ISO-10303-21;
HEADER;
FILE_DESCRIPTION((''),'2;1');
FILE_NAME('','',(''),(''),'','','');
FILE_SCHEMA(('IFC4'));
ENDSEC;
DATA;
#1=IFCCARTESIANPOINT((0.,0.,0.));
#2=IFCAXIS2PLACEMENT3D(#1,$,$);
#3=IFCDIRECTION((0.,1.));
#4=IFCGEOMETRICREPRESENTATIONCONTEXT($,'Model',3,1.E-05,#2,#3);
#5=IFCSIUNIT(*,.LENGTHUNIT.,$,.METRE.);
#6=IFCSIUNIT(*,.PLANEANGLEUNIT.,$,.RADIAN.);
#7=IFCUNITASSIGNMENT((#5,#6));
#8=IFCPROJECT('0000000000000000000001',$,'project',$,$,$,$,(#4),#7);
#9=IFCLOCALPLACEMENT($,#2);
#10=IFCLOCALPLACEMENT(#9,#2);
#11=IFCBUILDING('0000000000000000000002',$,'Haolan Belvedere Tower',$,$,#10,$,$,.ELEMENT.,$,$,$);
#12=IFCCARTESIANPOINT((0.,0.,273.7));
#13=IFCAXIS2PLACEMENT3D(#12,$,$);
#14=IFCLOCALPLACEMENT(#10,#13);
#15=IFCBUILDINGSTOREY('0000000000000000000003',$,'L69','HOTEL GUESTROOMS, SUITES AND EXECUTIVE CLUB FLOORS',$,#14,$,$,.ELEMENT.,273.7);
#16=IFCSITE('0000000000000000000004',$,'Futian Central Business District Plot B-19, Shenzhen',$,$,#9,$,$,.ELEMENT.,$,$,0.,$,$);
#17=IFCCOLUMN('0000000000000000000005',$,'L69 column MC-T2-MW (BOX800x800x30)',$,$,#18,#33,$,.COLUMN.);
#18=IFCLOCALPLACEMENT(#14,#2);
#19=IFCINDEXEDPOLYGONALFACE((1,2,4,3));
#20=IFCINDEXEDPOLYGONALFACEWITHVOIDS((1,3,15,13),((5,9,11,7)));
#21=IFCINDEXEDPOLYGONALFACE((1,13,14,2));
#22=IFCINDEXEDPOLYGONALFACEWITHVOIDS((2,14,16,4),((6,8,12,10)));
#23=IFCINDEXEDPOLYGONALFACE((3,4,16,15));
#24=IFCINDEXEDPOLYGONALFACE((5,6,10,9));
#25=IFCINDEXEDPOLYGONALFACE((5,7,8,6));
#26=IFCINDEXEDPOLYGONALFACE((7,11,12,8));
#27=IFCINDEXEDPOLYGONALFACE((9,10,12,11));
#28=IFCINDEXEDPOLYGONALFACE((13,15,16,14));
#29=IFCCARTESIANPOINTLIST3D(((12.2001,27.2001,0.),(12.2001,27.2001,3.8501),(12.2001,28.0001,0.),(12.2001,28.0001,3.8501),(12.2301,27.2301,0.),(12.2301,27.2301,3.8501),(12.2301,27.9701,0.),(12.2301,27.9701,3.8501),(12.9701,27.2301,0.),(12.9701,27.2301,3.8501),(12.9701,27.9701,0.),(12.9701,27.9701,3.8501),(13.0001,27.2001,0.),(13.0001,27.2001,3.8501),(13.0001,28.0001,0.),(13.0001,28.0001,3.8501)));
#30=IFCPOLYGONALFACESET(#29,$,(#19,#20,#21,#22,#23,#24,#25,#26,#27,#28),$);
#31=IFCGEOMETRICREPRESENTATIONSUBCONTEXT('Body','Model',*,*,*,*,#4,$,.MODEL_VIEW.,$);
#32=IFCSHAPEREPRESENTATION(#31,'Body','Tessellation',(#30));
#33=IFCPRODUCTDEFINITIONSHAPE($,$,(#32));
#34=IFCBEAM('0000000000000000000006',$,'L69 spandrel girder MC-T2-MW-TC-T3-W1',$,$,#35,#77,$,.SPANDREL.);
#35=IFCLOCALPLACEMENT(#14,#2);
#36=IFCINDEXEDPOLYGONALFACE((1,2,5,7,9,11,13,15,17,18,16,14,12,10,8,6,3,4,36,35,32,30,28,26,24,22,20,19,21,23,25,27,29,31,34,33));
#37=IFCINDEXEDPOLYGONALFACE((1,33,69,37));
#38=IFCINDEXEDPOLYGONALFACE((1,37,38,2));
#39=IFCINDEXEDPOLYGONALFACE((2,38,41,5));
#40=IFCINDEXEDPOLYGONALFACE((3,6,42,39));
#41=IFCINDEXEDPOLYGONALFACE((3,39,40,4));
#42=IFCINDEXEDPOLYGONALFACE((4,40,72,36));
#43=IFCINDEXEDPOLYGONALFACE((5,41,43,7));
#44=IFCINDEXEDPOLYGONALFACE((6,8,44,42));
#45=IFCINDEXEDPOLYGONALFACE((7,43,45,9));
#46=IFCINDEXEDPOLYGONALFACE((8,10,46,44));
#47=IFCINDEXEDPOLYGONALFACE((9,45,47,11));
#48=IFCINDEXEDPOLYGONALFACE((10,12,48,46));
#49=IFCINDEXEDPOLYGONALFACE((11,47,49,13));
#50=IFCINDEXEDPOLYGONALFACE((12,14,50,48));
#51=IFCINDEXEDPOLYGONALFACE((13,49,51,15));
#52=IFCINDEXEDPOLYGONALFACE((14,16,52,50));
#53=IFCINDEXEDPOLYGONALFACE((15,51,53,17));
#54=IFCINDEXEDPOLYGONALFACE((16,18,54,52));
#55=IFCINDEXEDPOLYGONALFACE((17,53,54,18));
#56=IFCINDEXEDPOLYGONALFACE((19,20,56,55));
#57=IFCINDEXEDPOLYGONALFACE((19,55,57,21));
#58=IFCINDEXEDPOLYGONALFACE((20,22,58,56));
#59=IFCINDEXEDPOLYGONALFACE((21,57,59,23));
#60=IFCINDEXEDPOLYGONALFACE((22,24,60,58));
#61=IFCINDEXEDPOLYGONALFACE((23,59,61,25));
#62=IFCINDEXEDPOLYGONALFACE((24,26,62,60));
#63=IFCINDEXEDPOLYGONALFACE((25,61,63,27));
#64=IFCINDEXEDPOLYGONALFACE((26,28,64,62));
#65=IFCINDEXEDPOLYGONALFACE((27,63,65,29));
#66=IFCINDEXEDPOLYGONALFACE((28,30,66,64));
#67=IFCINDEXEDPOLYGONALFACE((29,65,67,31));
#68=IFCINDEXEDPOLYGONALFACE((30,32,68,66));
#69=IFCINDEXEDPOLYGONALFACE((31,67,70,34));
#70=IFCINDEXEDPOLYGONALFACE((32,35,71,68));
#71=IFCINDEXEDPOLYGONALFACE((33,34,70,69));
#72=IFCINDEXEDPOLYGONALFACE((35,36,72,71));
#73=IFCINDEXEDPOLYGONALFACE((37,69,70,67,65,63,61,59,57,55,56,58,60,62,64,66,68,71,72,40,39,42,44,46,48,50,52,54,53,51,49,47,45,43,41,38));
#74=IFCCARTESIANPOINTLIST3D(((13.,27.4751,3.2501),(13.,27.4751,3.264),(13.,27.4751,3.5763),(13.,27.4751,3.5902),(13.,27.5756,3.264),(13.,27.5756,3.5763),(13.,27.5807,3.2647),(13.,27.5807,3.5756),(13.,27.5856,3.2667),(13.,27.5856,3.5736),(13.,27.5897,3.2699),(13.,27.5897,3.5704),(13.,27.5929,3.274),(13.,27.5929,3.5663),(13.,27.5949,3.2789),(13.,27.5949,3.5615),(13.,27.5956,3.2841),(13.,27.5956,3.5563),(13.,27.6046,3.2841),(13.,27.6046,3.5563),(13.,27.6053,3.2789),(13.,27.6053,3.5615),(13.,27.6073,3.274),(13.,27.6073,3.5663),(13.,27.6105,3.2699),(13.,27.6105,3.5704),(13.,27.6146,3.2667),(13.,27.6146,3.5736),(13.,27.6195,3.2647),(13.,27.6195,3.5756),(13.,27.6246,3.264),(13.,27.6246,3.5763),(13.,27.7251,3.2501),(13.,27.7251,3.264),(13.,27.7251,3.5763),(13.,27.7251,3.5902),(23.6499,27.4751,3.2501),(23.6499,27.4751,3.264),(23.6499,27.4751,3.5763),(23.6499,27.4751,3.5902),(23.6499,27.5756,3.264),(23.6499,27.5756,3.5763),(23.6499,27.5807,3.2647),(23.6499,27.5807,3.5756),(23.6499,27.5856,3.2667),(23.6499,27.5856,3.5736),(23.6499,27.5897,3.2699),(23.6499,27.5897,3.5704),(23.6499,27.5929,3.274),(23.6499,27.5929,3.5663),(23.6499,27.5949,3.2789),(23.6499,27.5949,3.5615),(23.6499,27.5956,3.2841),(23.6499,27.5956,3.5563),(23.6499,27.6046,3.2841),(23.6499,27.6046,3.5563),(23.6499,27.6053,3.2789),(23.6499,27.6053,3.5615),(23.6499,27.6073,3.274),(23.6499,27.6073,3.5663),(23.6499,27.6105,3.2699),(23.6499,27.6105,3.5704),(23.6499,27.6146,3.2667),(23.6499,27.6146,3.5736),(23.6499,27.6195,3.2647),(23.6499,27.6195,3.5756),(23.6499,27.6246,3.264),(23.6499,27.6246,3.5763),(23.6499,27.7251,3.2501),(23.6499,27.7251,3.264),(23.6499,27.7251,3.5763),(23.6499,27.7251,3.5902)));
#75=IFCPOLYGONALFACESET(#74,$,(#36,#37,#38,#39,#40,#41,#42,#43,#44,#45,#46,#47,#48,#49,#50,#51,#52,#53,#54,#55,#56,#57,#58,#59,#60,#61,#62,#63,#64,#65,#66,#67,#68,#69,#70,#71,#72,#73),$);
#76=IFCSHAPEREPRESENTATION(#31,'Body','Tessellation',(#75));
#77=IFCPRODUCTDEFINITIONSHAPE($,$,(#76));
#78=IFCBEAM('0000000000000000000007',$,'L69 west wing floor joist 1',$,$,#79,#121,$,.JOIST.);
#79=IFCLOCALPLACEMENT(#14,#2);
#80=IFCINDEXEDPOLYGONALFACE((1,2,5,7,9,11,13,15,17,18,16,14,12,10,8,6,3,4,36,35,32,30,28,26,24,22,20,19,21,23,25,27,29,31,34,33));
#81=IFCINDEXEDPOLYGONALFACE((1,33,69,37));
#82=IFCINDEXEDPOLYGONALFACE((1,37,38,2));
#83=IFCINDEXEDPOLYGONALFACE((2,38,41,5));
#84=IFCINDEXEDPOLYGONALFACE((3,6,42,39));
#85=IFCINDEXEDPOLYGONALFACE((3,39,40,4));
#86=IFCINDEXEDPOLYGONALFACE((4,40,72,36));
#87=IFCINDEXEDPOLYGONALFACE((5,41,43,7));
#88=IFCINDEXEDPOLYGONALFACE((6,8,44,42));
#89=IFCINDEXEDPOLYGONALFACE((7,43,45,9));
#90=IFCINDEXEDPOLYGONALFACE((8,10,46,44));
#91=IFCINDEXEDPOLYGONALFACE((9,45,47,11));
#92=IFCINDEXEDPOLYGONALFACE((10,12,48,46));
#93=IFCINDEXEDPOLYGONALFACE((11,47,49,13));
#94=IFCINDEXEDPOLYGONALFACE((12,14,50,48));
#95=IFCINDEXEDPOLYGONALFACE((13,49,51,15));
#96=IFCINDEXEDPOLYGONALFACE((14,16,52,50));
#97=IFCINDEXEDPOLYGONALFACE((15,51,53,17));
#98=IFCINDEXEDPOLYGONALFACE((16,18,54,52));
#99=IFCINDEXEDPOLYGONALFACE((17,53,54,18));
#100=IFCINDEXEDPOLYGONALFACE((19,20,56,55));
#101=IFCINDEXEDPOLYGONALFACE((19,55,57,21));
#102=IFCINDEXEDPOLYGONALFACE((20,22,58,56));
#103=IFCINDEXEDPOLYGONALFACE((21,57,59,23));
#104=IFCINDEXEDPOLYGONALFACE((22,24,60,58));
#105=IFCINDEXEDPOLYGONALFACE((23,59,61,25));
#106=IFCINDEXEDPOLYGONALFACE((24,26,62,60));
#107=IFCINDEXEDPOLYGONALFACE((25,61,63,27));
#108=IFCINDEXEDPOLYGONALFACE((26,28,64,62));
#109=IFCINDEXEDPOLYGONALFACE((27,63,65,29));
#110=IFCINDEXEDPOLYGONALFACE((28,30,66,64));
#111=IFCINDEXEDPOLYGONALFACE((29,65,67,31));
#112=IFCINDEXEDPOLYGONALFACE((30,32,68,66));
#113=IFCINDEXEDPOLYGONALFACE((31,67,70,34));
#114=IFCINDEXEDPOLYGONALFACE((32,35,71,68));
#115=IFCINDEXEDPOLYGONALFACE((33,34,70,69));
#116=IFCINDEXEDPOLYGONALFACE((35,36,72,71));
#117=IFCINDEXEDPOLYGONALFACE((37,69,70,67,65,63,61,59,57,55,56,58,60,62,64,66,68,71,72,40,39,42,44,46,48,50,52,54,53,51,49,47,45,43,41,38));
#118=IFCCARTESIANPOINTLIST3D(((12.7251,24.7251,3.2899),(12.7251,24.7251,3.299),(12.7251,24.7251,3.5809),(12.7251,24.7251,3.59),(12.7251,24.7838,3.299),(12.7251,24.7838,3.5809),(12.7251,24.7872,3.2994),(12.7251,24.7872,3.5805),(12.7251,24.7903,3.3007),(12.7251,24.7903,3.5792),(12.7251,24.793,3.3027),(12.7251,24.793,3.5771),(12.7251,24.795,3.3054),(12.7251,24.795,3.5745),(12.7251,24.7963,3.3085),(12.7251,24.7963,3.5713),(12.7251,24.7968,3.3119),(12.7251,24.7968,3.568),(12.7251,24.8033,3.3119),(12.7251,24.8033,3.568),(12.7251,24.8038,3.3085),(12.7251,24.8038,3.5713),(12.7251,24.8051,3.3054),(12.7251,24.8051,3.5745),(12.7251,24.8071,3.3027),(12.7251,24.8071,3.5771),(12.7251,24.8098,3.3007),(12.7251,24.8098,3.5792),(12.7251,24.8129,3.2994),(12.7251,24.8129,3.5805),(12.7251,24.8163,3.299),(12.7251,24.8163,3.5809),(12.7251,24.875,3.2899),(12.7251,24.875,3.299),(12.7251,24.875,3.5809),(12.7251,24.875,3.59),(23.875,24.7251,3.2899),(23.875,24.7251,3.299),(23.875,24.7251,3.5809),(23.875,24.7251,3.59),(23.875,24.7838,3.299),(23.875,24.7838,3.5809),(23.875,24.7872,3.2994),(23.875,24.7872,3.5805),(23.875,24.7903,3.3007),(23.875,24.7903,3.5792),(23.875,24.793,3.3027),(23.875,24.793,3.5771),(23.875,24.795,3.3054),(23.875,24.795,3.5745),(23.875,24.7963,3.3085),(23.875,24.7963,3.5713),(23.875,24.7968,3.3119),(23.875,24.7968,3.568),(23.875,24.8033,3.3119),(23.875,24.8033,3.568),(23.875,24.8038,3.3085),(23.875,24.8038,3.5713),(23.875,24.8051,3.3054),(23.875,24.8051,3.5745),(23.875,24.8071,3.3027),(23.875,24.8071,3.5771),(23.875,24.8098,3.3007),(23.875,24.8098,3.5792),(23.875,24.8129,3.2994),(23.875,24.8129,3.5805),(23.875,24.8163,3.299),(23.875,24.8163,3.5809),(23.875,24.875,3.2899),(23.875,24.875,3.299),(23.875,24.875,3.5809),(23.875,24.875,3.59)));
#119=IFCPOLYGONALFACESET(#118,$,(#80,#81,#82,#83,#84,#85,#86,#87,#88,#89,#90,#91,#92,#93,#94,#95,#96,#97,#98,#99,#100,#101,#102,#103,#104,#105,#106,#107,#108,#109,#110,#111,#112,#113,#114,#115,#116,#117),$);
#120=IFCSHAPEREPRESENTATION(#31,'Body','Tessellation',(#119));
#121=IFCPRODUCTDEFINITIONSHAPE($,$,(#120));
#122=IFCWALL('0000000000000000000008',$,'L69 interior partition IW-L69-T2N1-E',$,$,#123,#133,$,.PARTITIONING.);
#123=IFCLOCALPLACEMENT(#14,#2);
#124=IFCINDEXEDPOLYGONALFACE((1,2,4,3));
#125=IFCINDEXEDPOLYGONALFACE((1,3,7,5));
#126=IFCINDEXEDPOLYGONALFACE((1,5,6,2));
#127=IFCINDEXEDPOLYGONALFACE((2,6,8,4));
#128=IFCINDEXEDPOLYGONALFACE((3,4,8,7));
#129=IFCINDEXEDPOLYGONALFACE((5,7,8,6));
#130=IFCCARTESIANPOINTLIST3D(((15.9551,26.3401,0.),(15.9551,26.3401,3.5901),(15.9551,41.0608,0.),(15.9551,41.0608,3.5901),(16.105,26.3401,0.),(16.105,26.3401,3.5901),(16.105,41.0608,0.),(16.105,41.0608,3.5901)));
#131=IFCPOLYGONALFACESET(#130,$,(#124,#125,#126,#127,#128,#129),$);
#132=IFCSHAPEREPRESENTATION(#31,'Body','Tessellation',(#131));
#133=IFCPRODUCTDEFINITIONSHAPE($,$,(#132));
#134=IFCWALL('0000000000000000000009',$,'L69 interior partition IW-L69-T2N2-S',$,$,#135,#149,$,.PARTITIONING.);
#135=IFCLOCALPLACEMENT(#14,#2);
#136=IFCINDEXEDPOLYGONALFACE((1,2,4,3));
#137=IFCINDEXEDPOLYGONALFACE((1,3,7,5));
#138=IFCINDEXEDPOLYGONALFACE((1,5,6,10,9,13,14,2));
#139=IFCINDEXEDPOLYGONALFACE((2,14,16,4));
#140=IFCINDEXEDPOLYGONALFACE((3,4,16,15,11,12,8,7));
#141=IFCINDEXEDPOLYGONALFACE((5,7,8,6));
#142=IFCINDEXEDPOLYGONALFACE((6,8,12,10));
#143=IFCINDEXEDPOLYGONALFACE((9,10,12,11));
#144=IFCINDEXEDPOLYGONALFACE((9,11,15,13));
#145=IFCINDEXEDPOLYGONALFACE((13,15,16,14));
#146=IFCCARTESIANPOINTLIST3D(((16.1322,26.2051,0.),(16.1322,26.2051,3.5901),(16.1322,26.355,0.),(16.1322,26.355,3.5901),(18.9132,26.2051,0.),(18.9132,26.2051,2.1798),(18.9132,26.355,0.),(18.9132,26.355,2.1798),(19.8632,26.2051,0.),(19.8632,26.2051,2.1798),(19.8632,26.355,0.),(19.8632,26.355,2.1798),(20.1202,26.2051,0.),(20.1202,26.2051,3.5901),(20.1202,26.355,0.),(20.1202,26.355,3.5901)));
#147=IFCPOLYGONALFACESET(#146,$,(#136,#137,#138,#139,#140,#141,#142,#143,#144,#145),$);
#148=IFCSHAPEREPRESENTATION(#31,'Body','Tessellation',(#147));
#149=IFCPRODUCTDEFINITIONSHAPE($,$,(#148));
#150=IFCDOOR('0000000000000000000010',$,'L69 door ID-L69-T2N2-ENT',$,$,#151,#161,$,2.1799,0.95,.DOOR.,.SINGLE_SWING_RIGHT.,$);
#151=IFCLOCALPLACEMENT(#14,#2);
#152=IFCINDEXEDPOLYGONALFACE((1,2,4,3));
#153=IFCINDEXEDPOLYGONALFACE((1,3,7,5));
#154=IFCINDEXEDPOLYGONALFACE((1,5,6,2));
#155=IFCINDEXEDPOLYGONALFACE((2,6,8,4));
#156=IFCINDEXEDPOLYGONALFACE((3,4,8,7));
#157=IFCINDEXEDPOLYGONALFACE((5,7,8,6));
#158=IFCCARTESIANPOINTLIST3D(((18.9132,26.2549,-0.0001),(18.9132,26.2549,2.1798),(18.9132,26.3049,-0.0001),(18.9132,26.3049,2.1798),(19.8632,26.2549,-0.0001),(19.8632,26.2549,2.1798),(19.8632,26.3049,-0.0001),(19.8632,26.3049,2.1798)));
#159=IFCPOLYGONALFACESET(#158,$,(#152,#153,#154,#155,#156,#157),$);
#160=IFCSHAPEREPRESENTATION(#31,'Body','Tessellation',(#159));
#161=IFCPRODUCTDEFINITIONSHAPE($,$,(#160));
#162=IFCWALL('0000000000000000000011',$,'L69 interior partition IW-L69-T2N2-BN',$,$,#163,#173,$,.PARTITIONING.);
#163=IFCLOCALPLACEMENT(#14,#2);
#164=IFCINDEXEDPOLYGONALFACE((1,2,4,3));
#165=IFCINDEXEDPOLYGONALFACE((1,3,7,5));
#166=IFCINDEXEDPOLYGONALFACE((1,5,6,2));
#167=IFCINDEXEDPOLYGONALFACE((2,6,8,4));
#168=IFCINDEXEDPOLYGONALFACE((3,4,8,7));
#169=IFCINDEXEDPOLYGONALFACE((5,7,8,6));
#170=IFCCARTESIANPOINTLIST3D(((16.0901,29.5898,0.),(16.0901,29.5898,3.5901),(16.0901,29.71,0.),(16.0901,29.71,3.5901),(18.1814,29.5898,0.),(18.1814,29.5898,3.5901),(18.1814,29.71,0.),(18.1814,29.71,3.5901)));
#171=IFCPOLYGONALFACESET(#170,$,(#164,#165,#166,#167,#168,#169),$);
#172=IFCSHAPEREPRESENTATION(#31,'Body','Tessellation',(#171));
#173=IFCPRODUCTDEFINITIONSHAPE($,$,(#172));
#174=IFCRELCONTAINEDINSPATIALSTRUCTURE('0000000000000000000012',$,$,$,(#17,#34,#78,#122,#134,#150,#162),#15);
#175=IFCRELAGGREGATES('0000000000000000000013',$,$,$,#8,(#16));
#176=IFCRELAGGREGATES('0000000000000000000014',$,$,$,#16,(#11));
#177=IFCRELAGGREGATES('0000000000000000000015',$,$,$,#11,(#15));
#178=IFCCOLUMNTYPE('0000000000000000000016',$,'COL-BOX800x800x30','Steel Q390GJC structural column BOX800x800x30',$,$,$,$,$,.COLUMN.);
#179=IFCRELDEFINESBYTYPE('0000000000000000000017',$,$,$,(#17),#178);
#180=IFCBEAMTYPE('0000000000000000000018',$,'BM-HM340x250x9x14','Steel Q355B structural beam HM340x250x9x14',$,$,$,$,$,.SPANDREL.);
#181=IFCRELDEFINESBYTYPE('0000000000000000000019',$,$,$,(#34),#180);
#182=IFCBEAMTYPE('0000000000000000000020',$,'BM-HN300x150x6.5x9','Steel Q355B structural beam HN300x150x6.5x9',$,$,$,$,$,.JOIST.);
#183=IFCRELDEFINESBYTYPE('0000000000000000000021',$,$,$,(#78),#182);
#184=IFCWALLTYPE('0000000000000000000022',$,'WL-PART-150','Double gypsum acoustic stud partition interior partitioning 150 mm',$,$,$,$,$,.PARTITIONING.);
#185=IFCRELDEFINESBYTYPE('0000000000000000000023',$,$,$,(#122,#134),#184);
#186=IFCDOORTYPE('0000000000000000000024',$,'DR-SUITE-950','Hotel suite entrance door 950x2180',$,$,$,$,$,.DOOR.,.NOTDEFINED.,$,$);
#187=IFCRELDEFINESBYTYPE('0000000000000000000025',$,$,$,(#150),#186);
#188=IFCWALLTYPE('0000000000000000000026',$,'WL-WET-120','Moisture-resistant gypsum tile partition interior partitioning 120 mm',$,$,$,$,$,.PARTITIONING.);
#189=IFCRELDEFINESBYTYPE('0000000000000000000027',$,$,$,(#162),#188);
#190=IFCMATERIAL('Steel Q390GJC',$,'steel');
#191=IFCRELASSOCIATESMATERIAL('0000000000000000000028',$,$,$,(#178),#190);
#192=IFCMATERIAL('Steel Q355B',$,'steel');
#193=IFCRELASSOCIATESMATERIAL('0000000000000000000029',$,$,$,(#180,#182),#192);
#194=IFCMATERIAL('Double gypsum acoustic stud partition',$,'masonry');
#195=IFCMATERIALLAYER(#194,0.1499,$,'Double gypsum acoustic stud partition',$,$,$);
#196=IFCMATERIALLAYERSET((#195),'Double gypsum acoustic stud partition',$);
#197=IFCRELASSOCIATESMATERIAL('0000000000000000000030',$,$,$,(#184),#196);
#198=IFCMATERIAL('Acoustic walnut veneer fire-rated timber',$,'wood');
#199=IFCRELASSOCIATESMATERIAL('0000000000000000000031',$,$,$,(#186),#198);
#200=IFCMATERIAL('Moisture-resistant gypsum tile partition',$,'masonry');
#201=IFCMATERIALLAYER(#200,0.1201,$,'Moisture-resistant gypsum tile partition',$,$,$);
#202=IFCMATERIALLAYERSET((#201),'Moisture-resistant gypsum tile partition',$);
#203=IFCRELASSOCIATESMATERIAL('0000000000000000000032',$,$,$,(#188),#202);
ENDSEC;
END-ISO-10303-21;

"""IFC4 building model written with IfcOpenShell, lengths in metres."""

from ifc_helpers import new_model, si_unit, direction, frame, frame_2d, origin, origin_2d, place, context, subcontext, project, spatial, rectangle, hollow_rectangle, i_section, extrude, material, layer, layer_set, material_profile, profile_set, type_object, element, fill, save


model = new_model("IFC4")

# Units and contexts
model_context = context("Model", 3, precision=1e-05, world=origin(), true_north=direction((0.0, 1.0)))
body_context = subcontext(model_context, "Body", "Model", "MODEL_VIEW")
ifc_project = project(units=[si_unit("LENGTHUNIT", "METRE"), si_unit("PLANEANGLEUNIT", "RADIAN")], contexts=[model_context])

# Site, building, storey
site_placement = place(None, origin())
site = spatial("IfcSite", under=ifc_project, at=site_placement, Name="Futian Central Business District Plot B-19, Shenzhen", CompositionType="ELEMENT", RefElevation=0.0)
building_placement = place(site_placement, origin())
building = spatial("IfcBuilding", under=site, at=building_placement, Name="Haolan Belvedere Tower", CompositionType="ELEMENT")
storey_placement = place(building_placement, frame((0.0, 0.0, 273.7)))
storey = spatial("IfcBuildingStorey", under=building, at=storey_placement, Name="L69", Description="HOTEL GUESTROOMS, SUITES AND EXECUTIVE CLUB FLOORS", CompositionType="ELEMENT", Elevation=273.7)

# Column
ifc_material_1 = material(Name="Steel Q390GJC", Category="steel")
ifc_material_profile_1 = material_profile(ifc_material_1, hollow_rectangle(XDim=0.8, YDim=0.8, WallThickness=0.03, at=origin_2d()), Name="Steel Q390GJC")
ifc_profile_set_1 = profile_set([ifc_material_profile_1], Name="Steel Q390GJC")
column_type = type_object("IfcColumnType", Name="COL-BOX800x800x30", Description="Steel Q390GJC structural column BOX800x800x30", PredefinedType="COLUMN", material=ifc_profile_set_1)
column_placement = place(storey_placement, frame((12.6001, 27.6001, 0.0), z_axis=(0.0, 0.0, 1.0), x_axis=(1.0, 0.0, 0.0)))
element("IfcColumn", 1, at=column_placement, inside=storey, type_object=column_type, Name="L69 column MC-T2-MW (BOX800x800x30)", PredefinedType="COLUMN", context=body_context, shape_type="SweptSolid", body=[
    extrude(hollow_rectangle(XDim=0.8, YDim=0.8, WallThickness=0.03, at=origin_2d()), origin(), (0.0, 0.0, 1.0), 3.8501),
])

# Beams
ifc_material_2 = material(Name="Steel Q355B", Category="steel")
ifc_material_profile_2 = material_profile(ifc_material_2, i_section(OverallWidth=0.25, OverallDepth=0.3401, WebThickness=0.009, FlangeThickness=0.0139, FilletRadius=0.02, at=origin_2d()), Name="Steel Q355B")
ifc_profile_set_2 = profile_set([ifc_material_profile_2], Name="Steel Q355B")
beam_type_1 = type_object("IfcBeamType", Name="BM-HM340x250x9x14", Description="Steel Q355B structural beam HM340x250x9x14", PredefinedType="SPANDREL", material=ifc_profile_set_2)
beam_1_placement = place(storey_placement, frame((13.0, 27.6001, 3.4202), z_axis=(1.0, 0.0, 0.0), x_axis=(0.0, 1.0, 0.0)))
element("IfcBeam", 2, at=beam_1_placement, inside=storey, type_object=beam_type_1, Name="L69 spandrel girder MC-T2-MW-TC-T3-W1", PredefinedType="SPANDREL", context=body_context, shape_type="SweptSolid", body=[
    extrude(i_section(OverallWidth=0.25, OverallDepth=0.3401, WebThickness=0.009, FlangeThickness=0.0139, FilletRadius=0.02, at=origin_2d()), origin(), (0.0, 0.0, 1.0), 10.6499),
])
ifc_material_profile_3 = material_profile(ifc_material_2, i_section(OverallWidth=0.1499, OverallDepth=0.3, WebThickness=0.0066, FlangeThickness=0.009, FilletRadius=0.0129, at=origin_2d()), Name="Steel Q355B")
ifc_profile_set_3 = profile_set([ifc_material_profile_3], Name="Steel Q355B")
beam_type_2 = type_object("IfcBeamType", Name="BM-HN300x150x6.5x9", Description="Steel Q355B structural beam HN300x150x6.5x9", PredefinedType="JOIST", material=ifc_profile_set_3)
beam_2_placement = place(storey_placement, frame((12.7251, 24.8, 3.4399), z_axis=(1.0, 0.0, 0.0), x_axis=(0.0, 1.0, 0.0)))
element("IfcBeam", 3, at=beam_2_placement, inside=storey, type_object=beam_type_2, Name="L69 west wing floor joist 1", PredefinedType="JOIST", context=body_context, shape_type="SweptSolid", body=[
    extrude(i_section(OverallWidth=0.1499, OverallDepth=0.3, WebThickness=0.0066, FlangeThickness=0.009, FilletRadius=0.0129, at=origin_2d()), origin(), (0.0, 0.0, 1.0), 11.1499),
])

# Shared definitions
ifc_material_3 = material(Name="Double gypsum acoustic stud partition", Category="masonry")
ifc_layer_1 = layer(ifc_material_3, 0.1499, Name="Double gypsum acoustic stud partition")
ifc_layer_set_1 = layer_set([ifc_layer_1], Name="Double gypsum acoustic stud partition")
wall_type_1 = type_object("IfcWallType", Name="WL-PART-150", Description="Double gypsum acoustic stud partition interior partitioning 150 mm", PredefinedType="PARTITIONING", material=ifc_layer_set_1)

# Wall
wall_1_placement = place(storey_placement, frame((16.03, 26.3401, 0.0), z_axis=(0.0, 0.0, 1.0), x_axis=(0.0, 1.0, 0.0)))
element("IfcWall", 4, at=wall_1_placement, inside=storey, type_object=wall_type_1, Name="L69 interior partition IW-L69-T2N1-E", PredefinedType="PARTITIONING", context=body_context, shape_type="SweptSolid", body=[
    extrude(rectangle(XDim=14.7207, YDim=0.1499, at=frame_2d((7.3604, 0.0))), origin(), (0.0, 0.0, 1.0), 3.5901),
])

# Wall, opening, door
wall_2_placement = place(storey_placement, frame((16.1321, 26.28, 0.0), z_axis=(0.0, 0.0, 1.0), x_axis=(1.0, 0.0, 0.0)))
wall_2 = element("IfcWall", 5, at=wall_2_placement, inside=storey, type_object=wall_type_1, Name="L69 interior partition IW-L69-T2N2-S", PredefinedType="PARTITIONING", context=body_context, shape_type="SweptSolid", body=[
    extrude(rectangle(XDim=3.988, YDim=0.1499, at=frame_2d((1.9941, 0.0))), origin(), (0.0, 0.0, 1.0), 3.5901),
])
opening_1_placement = place(wall_2_placement, frame((2.781, 0.0, 0.0)))
opening_1 = element("IfcOpeningElement", 6, at=opening_1_placement, cuts=wall_2, PredefinedType="OPENING", context=body_context, shape_type="SweptSolid", body=[
    extrude(rectangle(XDim=0.95, YDim=2.1799, at=frame_2d((0.4751, 1.0898))), frame((0.0, 0.085, 0.0), z_axis=(0.0, -1.0, 0.0), x_axis=(1.0, 0.0, 0.0)), (0.0, 0.0, 1.0), 0.1699),
])
ifc_material_4 = material(Name="Acoustic walnut veneer fire-rated timber", Category="wood")
door_type_1 = type_object("IfcDoorType", Name="DR-SUITE-950", Description="Hotel suite entrance door 950x2180", OperationType="NOTDEFINED", PredefinedType="DOOR", material=ifc_material_4)
door_1_placement = place(opening_1_placement, origin())
door_1 = element("IfcDoor", 7, at=door_1_placement, inside=storey, type_object=door_type_1, Name="L69 door ID-L69-T2N2-ENT", OperationType="SINGLE_SWING_RIGHT", OverallHeight=2.1799, OverallWidth=0.95, PredefinedType="DOOR", context=body_context, shape_type="SweptSolid", body=[
    extrude(rectangle(XDim=0.95, YDim=2.1799, at=frame_2d((0.4751, 1.0898))), frame((0.0, 0.0249, 0.0), z_axis=(0.0, -1.0, 0.0), x_axis=(1.0, 0.0, 0.0)), (0.0, 0.0, 1.0), 0.05),
])
fill(opening_1, door_1)

# Wall
ifc_material_5 = material(Name="Moisture-resistant gypsum tile partition", Category="masonry")
ifc_layer_2 = layer(ifc_material_5, 0.1201, Name="Moisture-resistant gypsum tile partition")
ifc_layer_set_2 = layer_set([ifc_layer_2], Name="Moisture-resistant gypsum tile partition")
wall_type_2 = type_object("IfcWallType", Name="WL-WET-120", Description="Moisture-resistant gypsum tile partition interior partitioning 120 mm", PredefinedType="PARTITIONING", material=ifc_layer_set_2)
wall_3_placement = place(storey_placement, frame((16.0901, 29.6499, 0.0), z_axis=(0.0, 0.0, 1.0), x_axis=(1.0, 0.0, 0.0)))
element("IfcWall", 8, at=wall_3_placement, inside=storey, type_object=wall_type_2, Name="L69 interior partition IW-L69-T2N2-BN", PredefinedType="PARTITIONING", context=body_context, shape_type="SweptSolid", body=[
    extrude(rectangle(XDim=2.0913, YDim=0.1201, at=frame_2d((1.0457, 0.0))), origin(), (0.0, 0.0, 1.0), 3.5901),
])

save(model, "model.ifc")
